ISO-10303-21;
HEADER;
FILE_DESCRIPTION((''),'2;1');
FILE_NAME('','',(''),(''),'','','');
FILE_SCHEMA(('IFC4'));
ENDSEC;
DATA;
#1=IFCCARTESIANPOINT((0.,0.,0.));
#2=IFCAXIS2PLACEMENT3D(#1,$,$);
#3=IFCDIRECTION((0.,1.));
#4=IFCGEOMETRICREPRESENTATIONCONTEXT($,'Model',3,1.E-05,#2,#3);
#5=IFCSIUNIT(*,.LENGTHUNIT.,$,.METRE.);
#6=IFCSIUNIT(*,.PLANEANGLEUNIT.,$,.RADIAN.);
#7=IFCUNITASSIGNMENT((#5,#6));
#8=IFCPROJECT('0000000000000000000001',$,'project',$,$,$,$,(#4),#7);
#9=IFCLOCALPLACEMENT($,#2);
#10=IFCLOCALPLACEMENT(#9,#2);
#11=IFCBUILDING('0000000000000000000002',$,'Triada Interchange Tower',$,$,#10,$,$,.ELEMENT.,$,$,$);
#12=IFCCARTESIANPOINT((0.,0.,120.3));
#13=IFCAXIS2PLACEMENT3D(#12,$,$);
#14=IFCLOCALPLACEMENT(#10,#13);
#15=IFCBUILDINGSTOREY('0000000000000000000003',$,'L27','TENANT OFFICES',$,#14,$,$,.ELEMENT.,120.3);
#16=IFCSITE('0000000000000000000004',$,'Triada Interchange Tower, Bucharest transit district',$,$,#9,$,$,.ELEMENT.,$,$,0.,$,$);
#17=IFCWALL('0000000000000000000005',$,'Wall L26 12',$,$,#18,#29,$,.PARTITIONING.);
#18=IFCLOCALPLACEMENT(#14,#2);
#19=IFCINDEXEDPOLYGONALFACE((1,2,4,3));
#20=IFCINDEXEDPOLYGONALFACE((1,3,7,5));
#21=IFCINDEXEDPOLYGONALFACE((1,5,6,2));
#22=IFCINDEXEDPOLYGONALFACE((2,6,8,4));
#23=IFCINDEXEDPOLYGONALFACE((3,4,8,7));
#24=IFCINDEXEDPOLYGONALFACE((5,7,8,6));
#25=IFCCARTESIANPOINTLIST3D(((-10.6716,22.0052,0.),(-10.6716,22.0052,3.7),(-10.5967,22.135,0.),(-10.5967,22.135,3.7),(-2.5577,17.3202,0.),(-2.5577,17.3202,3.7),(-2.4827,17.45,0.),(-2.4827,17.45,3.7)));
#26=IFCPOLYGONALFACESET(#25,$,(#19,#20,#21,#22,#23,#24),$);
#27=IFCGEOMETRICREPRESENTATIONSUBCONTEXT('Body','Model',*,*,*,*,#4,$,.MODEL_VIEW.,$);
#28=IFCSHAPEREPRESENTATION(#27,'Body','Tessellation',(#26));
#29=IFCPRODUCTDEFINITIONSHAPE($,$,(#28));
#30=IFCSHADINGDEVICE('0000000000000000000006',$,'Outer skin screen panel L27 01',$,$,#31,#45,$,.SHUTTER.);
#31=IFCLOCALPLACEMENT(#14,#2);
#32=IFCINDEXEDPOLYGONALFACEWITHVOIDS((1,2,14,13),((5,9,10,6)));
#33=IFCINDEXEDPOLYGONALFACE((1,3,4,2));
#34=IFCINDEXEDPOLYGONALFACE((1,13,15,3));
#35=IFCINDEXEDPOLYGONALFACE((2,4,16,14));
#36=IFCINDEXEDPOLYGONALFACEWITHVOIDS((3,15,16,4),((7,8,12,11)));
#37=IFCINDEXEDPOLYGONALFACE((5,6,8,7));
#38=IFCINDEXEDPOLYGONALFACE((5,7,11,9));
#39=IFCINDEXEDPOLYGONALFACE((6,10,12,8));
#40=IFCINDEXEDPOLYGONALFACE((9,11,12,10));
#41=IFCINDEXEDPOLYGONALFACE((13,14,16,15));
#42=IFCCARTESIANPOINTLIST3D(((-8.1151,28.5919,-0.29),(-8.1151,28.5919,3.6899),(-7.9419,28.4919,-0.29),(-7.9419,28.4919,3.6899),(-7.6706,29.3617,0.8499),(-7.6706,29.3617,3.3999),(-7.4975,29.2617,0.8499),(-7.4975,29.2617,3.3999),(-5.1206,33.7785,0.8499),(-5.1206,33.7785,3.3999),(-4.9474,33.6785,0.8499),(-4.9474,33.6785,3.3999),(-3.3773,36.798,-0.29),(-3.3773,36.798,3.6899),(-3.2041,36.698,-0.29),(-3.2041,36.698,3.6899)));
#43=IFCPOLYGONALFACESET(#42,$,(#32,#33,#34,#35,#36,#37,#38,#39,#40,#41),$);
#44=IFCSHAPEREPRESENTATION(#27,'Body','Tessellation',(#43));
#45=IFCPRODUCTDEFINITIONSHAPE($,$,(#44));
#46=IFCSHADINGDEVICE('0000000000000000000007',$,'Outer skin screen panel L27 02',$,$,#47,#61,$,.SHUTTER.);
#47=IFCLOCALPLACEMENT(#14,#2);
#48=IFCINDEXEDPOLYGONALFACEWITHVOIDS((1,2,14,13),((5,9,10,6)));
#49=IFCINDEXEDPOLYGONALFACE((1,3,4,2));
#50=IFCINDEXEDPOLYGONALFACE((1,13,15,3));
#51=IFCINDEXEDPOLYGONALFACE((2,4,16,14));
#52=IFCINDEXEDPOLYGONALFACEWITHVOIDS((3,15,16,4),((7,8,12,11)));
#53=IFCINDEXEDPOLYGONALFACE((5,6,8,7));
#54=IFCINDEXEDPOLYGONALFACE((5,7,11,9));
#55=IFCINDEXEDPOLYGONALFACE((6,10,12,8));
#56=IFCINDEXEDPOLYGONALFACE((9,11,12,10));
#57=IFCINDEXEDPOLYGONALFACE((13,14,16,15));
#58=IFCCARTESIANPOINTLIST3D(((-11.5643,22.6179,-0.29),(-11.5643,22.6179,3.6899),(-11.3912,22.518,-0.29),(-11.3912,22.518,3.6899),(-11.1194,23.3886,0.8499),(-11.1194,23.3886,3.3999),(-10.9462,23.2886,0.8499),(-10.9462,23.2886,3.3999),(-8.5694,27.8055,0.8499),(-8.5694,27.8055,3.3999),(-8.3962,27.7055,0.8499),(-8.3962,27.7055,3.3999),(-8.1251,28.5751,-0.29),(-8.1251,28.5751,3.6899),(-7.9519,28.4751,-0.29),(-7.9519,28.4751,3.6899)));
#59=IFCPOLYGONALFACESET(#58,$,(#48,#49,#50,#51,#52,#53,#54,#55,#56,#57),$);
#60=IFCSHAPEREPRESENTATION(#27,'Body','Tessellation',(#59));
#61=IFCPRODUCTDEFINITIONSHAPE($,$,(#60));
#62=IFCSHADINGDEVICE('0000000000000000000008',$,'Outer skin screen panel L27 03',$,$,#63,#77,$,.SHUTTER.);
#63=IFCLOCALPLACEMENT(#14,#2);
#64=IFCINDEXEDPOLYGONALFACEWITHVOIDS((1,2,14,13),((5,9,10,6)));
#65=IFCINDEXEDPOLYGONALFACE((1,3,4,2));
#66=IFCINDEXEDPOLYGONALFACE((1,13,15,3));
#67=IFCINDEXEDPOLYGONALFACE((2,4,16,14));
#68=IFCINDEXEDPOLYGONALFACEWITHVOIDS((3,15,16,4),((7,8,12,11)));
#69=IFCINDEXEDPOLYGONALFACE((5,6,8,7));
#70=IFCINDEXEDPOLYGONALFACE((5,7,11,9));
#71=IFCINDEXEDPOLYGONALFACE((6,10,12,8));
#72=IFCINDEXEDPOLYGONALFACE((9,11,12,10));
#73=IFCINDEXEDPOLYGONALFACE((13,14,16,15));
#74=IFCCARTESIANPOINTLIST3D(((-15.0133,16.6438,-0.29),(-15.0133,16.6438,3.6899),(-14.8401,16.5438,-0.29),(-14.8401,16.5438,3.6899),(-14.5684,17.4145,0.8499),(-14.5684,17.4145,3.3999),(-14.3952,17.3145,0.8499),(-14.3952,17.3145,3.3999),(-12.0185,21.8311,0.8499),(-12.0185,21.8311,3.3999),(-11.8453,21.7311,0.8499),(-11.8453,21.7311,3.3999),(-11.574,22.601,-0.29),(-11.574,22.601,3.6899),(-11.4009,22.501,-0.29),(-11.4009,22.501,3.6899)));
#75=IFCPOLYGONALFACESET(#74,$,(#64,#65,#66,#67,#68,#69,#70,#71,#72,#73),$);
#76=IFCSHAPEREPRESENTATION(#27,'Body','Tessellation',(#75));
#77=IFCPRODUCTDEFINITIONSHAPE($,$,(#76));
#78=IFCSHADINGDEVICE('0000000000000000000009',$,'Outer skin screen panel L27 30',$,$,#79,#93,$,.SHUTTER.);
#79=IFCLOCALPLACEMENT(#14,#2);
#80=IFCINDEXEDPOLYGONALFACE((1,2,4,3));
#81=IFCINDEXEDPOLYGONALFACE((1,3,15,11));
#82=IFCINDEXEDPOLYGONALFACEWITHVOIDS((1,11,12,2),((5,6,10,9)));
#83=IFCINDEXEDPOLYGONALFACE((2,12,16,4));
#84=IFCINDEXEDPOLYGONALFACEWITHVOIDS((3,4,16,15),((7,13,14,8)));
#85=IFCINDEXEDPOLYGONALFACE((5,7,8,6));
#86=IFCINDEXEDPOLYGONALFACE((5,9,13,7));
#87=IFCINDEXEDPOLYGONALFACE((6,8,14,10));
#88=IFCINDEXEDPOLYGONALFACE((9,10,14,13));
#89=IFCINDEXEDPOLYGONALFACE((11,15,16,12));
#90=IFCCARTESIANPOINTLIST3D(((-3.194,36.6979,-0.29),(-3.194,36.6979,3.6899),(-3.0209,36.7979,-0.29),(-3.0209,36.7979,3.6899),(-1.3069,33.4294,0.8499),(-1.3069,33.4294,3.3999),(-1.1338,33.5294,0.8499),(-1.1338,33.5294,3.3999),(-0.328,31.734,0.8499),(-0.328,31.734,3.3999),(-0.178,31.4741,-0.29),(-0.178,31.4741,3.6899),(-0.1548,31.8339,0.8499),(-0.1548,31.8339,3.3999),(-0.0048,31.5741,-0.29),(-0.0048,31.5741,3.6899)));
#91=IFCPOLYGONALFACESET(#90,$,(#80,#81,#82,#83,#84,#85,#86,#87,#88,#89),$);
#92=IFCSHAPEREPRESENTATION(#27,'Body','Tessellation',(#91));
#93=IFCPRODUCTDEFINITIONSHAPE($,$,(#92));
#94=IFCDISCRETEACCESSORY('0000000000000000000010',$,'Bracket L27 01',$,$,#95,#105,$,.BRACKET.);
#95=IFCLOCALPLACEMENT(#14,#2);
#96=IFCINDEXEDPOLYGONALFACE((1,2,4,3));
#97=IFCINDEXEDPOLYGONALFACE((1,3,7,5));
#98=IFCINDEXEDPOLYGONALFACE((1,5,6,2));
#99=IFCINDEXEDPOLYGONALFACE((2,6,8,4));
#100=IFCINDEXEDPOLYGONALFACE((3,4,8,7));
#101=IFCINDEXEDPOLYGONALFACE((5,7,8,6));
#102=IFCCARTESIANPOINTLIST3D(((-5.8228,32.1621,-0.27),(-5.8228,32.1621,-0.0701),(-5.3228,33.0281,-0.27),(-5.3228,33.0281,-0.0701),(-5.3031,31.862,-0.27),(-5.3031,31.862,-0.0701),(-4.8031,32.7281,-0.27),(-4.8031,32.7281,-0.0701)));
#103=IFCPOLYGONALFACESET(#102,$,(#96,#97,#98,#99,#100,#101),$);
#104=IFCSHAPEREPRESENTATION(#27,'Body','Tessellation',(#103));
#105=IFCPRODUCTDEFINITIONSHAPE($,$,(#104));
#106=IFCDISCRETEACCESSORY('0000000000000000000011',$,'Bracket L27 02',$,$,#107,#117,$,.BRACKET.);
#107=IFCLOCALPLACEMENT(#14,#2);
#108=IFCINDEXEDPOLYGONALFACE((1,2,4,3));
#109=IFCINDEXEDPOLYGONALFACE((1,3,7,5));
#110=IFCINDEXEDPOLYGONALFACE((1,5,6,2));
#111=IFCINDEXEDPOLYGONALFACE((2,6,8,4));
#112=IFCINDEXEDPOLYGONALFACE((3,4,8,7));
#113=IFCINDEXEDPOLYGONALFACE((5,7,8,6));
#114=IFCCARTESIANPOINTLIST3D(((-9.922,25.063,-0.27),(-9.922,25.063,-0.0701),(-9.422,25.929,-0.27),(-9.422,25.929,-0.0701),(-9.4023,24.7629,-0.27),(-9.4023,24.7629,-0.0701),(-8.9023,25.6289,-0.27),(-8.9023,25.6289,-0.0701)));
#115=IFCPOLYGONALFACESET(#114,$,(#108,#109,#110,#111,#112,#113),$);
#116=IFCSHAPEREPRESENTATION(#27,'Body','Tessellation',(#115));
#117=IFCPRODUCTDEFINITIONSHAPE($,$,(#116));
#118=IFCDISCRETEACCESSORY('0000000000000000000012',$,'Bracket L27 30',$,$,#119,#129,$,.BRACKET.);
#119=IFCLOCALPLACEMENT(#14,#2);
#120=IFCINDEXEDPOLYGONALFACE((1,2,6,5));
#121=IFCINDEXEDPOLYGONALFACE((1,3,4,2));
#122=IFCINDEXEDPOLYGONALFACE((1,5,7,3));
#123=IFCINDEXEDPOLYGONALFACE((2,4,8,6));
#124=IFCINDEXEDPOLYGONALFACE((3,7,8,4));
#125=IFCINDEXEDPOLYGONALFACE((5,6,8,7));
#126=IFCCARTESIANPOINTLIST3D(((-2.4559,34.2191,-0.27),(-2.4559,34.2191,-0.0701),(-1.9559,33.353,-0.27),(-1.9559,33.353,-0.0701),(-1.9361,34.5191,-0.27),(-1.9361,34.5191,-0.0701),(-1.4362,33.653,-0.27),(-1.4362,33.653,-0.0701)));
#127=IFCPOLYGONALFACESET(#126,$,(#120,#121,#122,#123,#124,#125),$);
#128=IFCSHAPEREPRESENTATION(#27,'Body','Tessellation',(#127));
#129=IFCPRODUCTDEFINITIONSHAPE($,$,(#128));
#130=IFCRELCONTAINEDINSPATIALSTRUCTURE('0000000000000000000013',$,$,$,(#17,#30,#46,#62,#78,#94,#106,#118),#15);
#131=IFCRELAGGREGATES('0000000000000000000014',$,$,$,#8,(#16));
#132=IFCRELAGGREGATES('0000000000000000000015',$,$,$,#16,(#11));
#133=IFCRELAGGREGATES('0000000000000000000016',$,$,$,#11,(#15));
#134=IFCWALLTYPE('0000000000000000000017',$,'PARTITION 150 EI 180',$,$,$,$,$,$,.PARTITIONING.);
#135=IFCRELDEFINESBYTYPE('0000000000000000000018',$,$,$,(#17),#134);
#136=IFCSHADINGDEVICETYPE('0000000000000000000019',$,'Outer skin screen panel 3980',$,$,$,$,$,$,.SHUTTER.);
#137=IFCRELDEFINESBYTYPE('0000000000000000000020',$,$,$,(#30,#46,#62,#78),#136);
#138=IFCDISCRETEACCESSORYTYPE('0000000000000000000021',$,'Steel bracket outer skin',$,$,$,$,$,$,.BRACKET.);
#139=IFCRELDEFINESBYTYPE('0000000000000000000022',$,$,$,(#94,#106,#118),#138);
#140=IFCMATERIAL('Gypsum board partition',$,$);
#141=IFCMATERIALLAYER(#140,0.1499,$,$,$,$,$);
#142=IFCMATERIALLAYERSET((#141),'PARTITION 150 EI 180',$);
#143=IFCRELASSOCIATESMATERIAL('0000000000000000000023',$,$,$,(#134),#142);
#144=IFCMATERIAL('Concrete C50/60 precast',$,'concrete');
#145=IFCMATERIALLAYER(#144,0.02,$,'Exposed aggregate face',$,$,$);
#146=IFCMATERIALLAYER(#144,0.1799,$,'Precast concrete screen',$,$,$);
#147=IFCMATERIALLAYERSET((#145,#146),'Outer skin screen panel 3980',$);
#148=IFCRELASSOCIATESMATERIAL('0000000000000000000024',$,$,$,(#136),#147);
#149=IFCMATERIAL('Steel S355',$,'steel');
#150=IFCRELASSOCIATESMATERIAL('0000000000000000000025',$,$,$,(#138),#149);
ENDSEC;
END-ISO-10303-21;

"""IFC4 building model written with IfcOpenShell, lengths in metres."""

from ifc_helpers import new_model, si_unit, direction, frame, frame_2d, origin, origin_2d, place, context, subcontext, project, spatial, polyline, rectangle, outline, extrude, material, layer, layer_set, type_object, element, save


model = new_model("IFC4")

# Units and contexts
model_context = context("Model", 3, precision=1e-05, world=origin(), true_north=direction((0.0, 1.0)))
body_context = subcontext(model_context, "Body", "Model", "MODEL_VIEW")
ifc_project = project(units=[si_unit("LENGTHUNIT", "METRE"), si_unit("PLANEANGLEUNIT", "RADIAN")], contexts=[model_context])

# Site, building, storey
site_placement = place(None, origin())
site = spatial("IfcSite", under=ifc_project, at=site_placement, Name="Triada Interchange Tower, Bucharest transit district", CompositionType="ELEMENT", RefElevation=0.0)
building_placement = place(site_placement, origin())
building = spatial("IfcBuilding", under=site, at=building_placement, Name="Triada Interchange Tower", CompositionType="ELEMENT")
storey_placement = place(building_placement, frame((0.0, 0.0, 120.3)))
storey = spatial("IfcBuildingStorey", under=building, at=storey_placement, Name="L27", Description="TENANT OFFICES", CompositionType="ELEMENT", Elevation=120.3)

# Wall
ifc_material_1 = material(Name="Gypsum board partition")
ifc_layer_1 = layer(ifc_material_1, 0.1499)
ifc_layer_set_1 = layer_set([ifc_layer_1], Name="PARTITION 150 EI 180")
wall_type_1 = type_object("IfcWallType", Name="PARTITION 150 EI 180", PredefinedType="PARTITIONING", material=ifc_layer_set_1)
wall_1_placement = place(storey_placement, frame((-10.634, 22.0701, 0.0), z_axis=(0.0, 0.0, 1.0), x_axis=(0.866006, -0.500034, 0.0)))
element("IfcWall", 1, at=wall_1_placement, inside=storey, type_object=wall_type_1, Name="Wall L26 12", PredefinedType="PARTITIONING", context=body_context, shape_type="SweptSolid", body=[
    extrude(rectangle(XDim=9.3694, YDim=0.1499, at=frame_2d((4.6846, 0.0))), origin(), (0.0, 0.0, 1.0), 3.7),
])

# Shading devices
ifc_material_2 = material(Name="Concrete C50/60 precast", Category="concrete")
ifc_layer_2 = layer(ifc_material_2, 0.02, Name="Exposed aggregate face")
ifc_layer_3 = layer(ifc_material_2, 0.1799, Name="Precast concrete screen")
ifc_layer_set_2 = layer_set([ifc_layer_2, ifc_layer_3], Name="Outer skin screen panel 3980")
shading_device_type = type_object("IfcShadingDeviceType", Name="Outer skin screen panel 3980", PredefinedType="SHUTTER", material=ifc_layer_set_2)
shading_device_1_placement = place(storey_placement, frame((-3.2041, 36.698, -0.29), z_axis=(0.0, 0.0, 1.0), x_axis=(-0.500002, -0.866024, 0.0)))
element("IfcShadingDevice", 2, at=shading_device_1_placement, inside=storey, type_object=shading_device_type, Name="Outer skin screen panel L27 01", PredefinedType="SHUTTER", context=body_context, shape_type="SweptSolid", body=[
    extrude(outline(polyline([(0.0, 0.0), (9.4756, 0.0), (9.4756, 3.98), (0.0, 3.98), (0.0, 0.0)]), holes=[polyline([(3.4866, 1.1399), (3.4866, 3.6899), (8.5867, 3.6899), (8.5867, 1.1399), (3.4866, 1.1399)])]), frame((0.0, 0.0, 0.0), z_axis=(0.0, -1.0, 0.0), x_axis=(1.0, 0.0, 0.0)), (0.0, 0.0, 1.0), 0.2),
])
shading_device_2_placement = place(storey_placement, frame((-7.9519, 28.4751, -0.29), z_axis=(0.0, 0.0, 1.0), x_axis=(-0.499991, -0.866031, 0.0)))
element("IfcShadingDevice", 3, at=shading_device_2_placement, inside=storey, type_object=shading_device_type, Name="Outer skin screen panel L27 02", PredefinedType="SHUTTER", context=body_context, shape_type="SweptSolid", body=[
    extrude(outline(polyline([(0.0, 0.0), (6.8787, 0.0), (6.8787, 3.98), (0.0, 3.98), (0.0, 0.0)]), holes=[polyline([(0.8887, 1.1399), (0.8887, 3.6899), (5.9888, 3.6899), (5.9888, 1.1399), (0.8887, 1.1399)])]), frame((0.0, 0.0, 0.0), z_axis=(0.0, -1.0, 0.0), x_axis=(1.0, 0.0, 0.0)), (0.0, 0.0, 1.0), 0.2),
])
shading_device_3_placement = place(storey_placement, frame((-11.4009, 22.501, -0.29), z_axis=(0.0, 0.0, 1.0), x_axis=(-0.499991, -0.866031, 0.0)))
element("IfcShadingDevice", 4, at=shading_device_3_placement, inside=storey, type_object=shading_device_type, Name="Outer skin screen panel L27 03", PredefinedType="SHUTTER", context=body_context, shape_type="SweptSolid", body=[
    extrude(outline(polyline([(0.0, 0.0), (6.8787, 0.0), (6.8787, 3.98), (0.0, 3.98), (0.0, 0.0)]), holes=[polyline([(0.8889, 1.1399), (0.8889, 3.6899), (5.9888, 3.6899), (5.9888, 1.1399), (0.8889, 1.1399)])]), frame((0.0, 0.0, 0.0), z_axis=(0.0, -1.0, 0.0), x_axis=(1.0, 0.0, 0.0)), (0.0, 0.0, 1.0), 0.2),
])
shading_device_4_placement = place(storey_placement, frame((-0.178, 31.4741, -0.29), z_axis=(0.0, 0.0, 1.0), x_axis=(-0.500013, 0.866018, 0.0)))
element("IfcShadingDevice", 5, at=shading_device_4_placement, inside=storey, type_object=shading_device_type, Name="Outer skin screen panel L27 30", PredefinedType="SHUTTER", context=body_context, shape_type="SweptSolid", body=[
    extrude(outline(polyline([(0.0, 0.0), (6.032, 0.0), (6.032, 3.98), (0.0, 3.98), (0.0, 0.0)]), holes=[polyline([(0.3, 1.1399), (0.3, 3.6899), (2.2578, 3.6899), (2.2578, 1.1399), (0.3, 1.1399)])]), frame((0.0, 0.0, 0.0), z_axis=(0.0, -1.0, 0.0), x_axis=(1.0, 0.0, 0.0)), (0.0, 0.0, 1.0), 0.2),
])

# Discrete accessories
ifc_material_3 = material(Name="Steel S355", Category="steel")
discrete_accessory_type = type_object("IfcDiscreteAccessoryType", Name="Steel bracket outer skin", PredefinedType="BRACKET", material=ifc_material_3)
for number, where, z_axis, x_axis, name in (
    (6, (-5.313, 32.4451, -0.27), (0.0, 0.0, 1.0), (-0.866028, 0.499995, 0.0), "Bracket L27 01"),
    (7, (-9.4121, 25.3459, -0.27), (0.0, 0.0, 1.0), (-0.866028, 0.499995, 0.0), "Bracket L27 02"),
    (8, (-1.946, 33.936, -0.27), (0.0, 0.0, 1.0), (0.866071, 0.499921, 0.0), "Bracket L27 30"),
):
    element("IfcDiscreteAccessory", number, at=place(storey_placement, frame(where, z_axis=z_axis, x_axis=x_axis)), inside=storey, type_object=discrete_accessory_type, Name=name, PredefinedType="BRACKET", context=body_context, shape_type="SweptSolid", body=[
        extrude(rectangle(XDim=0.6001, YDim=1.0, at=origin_2d()), origin(), (0.0, 0.0, 1.0), 0.2),
    ])

save(model, "model.ifc")
